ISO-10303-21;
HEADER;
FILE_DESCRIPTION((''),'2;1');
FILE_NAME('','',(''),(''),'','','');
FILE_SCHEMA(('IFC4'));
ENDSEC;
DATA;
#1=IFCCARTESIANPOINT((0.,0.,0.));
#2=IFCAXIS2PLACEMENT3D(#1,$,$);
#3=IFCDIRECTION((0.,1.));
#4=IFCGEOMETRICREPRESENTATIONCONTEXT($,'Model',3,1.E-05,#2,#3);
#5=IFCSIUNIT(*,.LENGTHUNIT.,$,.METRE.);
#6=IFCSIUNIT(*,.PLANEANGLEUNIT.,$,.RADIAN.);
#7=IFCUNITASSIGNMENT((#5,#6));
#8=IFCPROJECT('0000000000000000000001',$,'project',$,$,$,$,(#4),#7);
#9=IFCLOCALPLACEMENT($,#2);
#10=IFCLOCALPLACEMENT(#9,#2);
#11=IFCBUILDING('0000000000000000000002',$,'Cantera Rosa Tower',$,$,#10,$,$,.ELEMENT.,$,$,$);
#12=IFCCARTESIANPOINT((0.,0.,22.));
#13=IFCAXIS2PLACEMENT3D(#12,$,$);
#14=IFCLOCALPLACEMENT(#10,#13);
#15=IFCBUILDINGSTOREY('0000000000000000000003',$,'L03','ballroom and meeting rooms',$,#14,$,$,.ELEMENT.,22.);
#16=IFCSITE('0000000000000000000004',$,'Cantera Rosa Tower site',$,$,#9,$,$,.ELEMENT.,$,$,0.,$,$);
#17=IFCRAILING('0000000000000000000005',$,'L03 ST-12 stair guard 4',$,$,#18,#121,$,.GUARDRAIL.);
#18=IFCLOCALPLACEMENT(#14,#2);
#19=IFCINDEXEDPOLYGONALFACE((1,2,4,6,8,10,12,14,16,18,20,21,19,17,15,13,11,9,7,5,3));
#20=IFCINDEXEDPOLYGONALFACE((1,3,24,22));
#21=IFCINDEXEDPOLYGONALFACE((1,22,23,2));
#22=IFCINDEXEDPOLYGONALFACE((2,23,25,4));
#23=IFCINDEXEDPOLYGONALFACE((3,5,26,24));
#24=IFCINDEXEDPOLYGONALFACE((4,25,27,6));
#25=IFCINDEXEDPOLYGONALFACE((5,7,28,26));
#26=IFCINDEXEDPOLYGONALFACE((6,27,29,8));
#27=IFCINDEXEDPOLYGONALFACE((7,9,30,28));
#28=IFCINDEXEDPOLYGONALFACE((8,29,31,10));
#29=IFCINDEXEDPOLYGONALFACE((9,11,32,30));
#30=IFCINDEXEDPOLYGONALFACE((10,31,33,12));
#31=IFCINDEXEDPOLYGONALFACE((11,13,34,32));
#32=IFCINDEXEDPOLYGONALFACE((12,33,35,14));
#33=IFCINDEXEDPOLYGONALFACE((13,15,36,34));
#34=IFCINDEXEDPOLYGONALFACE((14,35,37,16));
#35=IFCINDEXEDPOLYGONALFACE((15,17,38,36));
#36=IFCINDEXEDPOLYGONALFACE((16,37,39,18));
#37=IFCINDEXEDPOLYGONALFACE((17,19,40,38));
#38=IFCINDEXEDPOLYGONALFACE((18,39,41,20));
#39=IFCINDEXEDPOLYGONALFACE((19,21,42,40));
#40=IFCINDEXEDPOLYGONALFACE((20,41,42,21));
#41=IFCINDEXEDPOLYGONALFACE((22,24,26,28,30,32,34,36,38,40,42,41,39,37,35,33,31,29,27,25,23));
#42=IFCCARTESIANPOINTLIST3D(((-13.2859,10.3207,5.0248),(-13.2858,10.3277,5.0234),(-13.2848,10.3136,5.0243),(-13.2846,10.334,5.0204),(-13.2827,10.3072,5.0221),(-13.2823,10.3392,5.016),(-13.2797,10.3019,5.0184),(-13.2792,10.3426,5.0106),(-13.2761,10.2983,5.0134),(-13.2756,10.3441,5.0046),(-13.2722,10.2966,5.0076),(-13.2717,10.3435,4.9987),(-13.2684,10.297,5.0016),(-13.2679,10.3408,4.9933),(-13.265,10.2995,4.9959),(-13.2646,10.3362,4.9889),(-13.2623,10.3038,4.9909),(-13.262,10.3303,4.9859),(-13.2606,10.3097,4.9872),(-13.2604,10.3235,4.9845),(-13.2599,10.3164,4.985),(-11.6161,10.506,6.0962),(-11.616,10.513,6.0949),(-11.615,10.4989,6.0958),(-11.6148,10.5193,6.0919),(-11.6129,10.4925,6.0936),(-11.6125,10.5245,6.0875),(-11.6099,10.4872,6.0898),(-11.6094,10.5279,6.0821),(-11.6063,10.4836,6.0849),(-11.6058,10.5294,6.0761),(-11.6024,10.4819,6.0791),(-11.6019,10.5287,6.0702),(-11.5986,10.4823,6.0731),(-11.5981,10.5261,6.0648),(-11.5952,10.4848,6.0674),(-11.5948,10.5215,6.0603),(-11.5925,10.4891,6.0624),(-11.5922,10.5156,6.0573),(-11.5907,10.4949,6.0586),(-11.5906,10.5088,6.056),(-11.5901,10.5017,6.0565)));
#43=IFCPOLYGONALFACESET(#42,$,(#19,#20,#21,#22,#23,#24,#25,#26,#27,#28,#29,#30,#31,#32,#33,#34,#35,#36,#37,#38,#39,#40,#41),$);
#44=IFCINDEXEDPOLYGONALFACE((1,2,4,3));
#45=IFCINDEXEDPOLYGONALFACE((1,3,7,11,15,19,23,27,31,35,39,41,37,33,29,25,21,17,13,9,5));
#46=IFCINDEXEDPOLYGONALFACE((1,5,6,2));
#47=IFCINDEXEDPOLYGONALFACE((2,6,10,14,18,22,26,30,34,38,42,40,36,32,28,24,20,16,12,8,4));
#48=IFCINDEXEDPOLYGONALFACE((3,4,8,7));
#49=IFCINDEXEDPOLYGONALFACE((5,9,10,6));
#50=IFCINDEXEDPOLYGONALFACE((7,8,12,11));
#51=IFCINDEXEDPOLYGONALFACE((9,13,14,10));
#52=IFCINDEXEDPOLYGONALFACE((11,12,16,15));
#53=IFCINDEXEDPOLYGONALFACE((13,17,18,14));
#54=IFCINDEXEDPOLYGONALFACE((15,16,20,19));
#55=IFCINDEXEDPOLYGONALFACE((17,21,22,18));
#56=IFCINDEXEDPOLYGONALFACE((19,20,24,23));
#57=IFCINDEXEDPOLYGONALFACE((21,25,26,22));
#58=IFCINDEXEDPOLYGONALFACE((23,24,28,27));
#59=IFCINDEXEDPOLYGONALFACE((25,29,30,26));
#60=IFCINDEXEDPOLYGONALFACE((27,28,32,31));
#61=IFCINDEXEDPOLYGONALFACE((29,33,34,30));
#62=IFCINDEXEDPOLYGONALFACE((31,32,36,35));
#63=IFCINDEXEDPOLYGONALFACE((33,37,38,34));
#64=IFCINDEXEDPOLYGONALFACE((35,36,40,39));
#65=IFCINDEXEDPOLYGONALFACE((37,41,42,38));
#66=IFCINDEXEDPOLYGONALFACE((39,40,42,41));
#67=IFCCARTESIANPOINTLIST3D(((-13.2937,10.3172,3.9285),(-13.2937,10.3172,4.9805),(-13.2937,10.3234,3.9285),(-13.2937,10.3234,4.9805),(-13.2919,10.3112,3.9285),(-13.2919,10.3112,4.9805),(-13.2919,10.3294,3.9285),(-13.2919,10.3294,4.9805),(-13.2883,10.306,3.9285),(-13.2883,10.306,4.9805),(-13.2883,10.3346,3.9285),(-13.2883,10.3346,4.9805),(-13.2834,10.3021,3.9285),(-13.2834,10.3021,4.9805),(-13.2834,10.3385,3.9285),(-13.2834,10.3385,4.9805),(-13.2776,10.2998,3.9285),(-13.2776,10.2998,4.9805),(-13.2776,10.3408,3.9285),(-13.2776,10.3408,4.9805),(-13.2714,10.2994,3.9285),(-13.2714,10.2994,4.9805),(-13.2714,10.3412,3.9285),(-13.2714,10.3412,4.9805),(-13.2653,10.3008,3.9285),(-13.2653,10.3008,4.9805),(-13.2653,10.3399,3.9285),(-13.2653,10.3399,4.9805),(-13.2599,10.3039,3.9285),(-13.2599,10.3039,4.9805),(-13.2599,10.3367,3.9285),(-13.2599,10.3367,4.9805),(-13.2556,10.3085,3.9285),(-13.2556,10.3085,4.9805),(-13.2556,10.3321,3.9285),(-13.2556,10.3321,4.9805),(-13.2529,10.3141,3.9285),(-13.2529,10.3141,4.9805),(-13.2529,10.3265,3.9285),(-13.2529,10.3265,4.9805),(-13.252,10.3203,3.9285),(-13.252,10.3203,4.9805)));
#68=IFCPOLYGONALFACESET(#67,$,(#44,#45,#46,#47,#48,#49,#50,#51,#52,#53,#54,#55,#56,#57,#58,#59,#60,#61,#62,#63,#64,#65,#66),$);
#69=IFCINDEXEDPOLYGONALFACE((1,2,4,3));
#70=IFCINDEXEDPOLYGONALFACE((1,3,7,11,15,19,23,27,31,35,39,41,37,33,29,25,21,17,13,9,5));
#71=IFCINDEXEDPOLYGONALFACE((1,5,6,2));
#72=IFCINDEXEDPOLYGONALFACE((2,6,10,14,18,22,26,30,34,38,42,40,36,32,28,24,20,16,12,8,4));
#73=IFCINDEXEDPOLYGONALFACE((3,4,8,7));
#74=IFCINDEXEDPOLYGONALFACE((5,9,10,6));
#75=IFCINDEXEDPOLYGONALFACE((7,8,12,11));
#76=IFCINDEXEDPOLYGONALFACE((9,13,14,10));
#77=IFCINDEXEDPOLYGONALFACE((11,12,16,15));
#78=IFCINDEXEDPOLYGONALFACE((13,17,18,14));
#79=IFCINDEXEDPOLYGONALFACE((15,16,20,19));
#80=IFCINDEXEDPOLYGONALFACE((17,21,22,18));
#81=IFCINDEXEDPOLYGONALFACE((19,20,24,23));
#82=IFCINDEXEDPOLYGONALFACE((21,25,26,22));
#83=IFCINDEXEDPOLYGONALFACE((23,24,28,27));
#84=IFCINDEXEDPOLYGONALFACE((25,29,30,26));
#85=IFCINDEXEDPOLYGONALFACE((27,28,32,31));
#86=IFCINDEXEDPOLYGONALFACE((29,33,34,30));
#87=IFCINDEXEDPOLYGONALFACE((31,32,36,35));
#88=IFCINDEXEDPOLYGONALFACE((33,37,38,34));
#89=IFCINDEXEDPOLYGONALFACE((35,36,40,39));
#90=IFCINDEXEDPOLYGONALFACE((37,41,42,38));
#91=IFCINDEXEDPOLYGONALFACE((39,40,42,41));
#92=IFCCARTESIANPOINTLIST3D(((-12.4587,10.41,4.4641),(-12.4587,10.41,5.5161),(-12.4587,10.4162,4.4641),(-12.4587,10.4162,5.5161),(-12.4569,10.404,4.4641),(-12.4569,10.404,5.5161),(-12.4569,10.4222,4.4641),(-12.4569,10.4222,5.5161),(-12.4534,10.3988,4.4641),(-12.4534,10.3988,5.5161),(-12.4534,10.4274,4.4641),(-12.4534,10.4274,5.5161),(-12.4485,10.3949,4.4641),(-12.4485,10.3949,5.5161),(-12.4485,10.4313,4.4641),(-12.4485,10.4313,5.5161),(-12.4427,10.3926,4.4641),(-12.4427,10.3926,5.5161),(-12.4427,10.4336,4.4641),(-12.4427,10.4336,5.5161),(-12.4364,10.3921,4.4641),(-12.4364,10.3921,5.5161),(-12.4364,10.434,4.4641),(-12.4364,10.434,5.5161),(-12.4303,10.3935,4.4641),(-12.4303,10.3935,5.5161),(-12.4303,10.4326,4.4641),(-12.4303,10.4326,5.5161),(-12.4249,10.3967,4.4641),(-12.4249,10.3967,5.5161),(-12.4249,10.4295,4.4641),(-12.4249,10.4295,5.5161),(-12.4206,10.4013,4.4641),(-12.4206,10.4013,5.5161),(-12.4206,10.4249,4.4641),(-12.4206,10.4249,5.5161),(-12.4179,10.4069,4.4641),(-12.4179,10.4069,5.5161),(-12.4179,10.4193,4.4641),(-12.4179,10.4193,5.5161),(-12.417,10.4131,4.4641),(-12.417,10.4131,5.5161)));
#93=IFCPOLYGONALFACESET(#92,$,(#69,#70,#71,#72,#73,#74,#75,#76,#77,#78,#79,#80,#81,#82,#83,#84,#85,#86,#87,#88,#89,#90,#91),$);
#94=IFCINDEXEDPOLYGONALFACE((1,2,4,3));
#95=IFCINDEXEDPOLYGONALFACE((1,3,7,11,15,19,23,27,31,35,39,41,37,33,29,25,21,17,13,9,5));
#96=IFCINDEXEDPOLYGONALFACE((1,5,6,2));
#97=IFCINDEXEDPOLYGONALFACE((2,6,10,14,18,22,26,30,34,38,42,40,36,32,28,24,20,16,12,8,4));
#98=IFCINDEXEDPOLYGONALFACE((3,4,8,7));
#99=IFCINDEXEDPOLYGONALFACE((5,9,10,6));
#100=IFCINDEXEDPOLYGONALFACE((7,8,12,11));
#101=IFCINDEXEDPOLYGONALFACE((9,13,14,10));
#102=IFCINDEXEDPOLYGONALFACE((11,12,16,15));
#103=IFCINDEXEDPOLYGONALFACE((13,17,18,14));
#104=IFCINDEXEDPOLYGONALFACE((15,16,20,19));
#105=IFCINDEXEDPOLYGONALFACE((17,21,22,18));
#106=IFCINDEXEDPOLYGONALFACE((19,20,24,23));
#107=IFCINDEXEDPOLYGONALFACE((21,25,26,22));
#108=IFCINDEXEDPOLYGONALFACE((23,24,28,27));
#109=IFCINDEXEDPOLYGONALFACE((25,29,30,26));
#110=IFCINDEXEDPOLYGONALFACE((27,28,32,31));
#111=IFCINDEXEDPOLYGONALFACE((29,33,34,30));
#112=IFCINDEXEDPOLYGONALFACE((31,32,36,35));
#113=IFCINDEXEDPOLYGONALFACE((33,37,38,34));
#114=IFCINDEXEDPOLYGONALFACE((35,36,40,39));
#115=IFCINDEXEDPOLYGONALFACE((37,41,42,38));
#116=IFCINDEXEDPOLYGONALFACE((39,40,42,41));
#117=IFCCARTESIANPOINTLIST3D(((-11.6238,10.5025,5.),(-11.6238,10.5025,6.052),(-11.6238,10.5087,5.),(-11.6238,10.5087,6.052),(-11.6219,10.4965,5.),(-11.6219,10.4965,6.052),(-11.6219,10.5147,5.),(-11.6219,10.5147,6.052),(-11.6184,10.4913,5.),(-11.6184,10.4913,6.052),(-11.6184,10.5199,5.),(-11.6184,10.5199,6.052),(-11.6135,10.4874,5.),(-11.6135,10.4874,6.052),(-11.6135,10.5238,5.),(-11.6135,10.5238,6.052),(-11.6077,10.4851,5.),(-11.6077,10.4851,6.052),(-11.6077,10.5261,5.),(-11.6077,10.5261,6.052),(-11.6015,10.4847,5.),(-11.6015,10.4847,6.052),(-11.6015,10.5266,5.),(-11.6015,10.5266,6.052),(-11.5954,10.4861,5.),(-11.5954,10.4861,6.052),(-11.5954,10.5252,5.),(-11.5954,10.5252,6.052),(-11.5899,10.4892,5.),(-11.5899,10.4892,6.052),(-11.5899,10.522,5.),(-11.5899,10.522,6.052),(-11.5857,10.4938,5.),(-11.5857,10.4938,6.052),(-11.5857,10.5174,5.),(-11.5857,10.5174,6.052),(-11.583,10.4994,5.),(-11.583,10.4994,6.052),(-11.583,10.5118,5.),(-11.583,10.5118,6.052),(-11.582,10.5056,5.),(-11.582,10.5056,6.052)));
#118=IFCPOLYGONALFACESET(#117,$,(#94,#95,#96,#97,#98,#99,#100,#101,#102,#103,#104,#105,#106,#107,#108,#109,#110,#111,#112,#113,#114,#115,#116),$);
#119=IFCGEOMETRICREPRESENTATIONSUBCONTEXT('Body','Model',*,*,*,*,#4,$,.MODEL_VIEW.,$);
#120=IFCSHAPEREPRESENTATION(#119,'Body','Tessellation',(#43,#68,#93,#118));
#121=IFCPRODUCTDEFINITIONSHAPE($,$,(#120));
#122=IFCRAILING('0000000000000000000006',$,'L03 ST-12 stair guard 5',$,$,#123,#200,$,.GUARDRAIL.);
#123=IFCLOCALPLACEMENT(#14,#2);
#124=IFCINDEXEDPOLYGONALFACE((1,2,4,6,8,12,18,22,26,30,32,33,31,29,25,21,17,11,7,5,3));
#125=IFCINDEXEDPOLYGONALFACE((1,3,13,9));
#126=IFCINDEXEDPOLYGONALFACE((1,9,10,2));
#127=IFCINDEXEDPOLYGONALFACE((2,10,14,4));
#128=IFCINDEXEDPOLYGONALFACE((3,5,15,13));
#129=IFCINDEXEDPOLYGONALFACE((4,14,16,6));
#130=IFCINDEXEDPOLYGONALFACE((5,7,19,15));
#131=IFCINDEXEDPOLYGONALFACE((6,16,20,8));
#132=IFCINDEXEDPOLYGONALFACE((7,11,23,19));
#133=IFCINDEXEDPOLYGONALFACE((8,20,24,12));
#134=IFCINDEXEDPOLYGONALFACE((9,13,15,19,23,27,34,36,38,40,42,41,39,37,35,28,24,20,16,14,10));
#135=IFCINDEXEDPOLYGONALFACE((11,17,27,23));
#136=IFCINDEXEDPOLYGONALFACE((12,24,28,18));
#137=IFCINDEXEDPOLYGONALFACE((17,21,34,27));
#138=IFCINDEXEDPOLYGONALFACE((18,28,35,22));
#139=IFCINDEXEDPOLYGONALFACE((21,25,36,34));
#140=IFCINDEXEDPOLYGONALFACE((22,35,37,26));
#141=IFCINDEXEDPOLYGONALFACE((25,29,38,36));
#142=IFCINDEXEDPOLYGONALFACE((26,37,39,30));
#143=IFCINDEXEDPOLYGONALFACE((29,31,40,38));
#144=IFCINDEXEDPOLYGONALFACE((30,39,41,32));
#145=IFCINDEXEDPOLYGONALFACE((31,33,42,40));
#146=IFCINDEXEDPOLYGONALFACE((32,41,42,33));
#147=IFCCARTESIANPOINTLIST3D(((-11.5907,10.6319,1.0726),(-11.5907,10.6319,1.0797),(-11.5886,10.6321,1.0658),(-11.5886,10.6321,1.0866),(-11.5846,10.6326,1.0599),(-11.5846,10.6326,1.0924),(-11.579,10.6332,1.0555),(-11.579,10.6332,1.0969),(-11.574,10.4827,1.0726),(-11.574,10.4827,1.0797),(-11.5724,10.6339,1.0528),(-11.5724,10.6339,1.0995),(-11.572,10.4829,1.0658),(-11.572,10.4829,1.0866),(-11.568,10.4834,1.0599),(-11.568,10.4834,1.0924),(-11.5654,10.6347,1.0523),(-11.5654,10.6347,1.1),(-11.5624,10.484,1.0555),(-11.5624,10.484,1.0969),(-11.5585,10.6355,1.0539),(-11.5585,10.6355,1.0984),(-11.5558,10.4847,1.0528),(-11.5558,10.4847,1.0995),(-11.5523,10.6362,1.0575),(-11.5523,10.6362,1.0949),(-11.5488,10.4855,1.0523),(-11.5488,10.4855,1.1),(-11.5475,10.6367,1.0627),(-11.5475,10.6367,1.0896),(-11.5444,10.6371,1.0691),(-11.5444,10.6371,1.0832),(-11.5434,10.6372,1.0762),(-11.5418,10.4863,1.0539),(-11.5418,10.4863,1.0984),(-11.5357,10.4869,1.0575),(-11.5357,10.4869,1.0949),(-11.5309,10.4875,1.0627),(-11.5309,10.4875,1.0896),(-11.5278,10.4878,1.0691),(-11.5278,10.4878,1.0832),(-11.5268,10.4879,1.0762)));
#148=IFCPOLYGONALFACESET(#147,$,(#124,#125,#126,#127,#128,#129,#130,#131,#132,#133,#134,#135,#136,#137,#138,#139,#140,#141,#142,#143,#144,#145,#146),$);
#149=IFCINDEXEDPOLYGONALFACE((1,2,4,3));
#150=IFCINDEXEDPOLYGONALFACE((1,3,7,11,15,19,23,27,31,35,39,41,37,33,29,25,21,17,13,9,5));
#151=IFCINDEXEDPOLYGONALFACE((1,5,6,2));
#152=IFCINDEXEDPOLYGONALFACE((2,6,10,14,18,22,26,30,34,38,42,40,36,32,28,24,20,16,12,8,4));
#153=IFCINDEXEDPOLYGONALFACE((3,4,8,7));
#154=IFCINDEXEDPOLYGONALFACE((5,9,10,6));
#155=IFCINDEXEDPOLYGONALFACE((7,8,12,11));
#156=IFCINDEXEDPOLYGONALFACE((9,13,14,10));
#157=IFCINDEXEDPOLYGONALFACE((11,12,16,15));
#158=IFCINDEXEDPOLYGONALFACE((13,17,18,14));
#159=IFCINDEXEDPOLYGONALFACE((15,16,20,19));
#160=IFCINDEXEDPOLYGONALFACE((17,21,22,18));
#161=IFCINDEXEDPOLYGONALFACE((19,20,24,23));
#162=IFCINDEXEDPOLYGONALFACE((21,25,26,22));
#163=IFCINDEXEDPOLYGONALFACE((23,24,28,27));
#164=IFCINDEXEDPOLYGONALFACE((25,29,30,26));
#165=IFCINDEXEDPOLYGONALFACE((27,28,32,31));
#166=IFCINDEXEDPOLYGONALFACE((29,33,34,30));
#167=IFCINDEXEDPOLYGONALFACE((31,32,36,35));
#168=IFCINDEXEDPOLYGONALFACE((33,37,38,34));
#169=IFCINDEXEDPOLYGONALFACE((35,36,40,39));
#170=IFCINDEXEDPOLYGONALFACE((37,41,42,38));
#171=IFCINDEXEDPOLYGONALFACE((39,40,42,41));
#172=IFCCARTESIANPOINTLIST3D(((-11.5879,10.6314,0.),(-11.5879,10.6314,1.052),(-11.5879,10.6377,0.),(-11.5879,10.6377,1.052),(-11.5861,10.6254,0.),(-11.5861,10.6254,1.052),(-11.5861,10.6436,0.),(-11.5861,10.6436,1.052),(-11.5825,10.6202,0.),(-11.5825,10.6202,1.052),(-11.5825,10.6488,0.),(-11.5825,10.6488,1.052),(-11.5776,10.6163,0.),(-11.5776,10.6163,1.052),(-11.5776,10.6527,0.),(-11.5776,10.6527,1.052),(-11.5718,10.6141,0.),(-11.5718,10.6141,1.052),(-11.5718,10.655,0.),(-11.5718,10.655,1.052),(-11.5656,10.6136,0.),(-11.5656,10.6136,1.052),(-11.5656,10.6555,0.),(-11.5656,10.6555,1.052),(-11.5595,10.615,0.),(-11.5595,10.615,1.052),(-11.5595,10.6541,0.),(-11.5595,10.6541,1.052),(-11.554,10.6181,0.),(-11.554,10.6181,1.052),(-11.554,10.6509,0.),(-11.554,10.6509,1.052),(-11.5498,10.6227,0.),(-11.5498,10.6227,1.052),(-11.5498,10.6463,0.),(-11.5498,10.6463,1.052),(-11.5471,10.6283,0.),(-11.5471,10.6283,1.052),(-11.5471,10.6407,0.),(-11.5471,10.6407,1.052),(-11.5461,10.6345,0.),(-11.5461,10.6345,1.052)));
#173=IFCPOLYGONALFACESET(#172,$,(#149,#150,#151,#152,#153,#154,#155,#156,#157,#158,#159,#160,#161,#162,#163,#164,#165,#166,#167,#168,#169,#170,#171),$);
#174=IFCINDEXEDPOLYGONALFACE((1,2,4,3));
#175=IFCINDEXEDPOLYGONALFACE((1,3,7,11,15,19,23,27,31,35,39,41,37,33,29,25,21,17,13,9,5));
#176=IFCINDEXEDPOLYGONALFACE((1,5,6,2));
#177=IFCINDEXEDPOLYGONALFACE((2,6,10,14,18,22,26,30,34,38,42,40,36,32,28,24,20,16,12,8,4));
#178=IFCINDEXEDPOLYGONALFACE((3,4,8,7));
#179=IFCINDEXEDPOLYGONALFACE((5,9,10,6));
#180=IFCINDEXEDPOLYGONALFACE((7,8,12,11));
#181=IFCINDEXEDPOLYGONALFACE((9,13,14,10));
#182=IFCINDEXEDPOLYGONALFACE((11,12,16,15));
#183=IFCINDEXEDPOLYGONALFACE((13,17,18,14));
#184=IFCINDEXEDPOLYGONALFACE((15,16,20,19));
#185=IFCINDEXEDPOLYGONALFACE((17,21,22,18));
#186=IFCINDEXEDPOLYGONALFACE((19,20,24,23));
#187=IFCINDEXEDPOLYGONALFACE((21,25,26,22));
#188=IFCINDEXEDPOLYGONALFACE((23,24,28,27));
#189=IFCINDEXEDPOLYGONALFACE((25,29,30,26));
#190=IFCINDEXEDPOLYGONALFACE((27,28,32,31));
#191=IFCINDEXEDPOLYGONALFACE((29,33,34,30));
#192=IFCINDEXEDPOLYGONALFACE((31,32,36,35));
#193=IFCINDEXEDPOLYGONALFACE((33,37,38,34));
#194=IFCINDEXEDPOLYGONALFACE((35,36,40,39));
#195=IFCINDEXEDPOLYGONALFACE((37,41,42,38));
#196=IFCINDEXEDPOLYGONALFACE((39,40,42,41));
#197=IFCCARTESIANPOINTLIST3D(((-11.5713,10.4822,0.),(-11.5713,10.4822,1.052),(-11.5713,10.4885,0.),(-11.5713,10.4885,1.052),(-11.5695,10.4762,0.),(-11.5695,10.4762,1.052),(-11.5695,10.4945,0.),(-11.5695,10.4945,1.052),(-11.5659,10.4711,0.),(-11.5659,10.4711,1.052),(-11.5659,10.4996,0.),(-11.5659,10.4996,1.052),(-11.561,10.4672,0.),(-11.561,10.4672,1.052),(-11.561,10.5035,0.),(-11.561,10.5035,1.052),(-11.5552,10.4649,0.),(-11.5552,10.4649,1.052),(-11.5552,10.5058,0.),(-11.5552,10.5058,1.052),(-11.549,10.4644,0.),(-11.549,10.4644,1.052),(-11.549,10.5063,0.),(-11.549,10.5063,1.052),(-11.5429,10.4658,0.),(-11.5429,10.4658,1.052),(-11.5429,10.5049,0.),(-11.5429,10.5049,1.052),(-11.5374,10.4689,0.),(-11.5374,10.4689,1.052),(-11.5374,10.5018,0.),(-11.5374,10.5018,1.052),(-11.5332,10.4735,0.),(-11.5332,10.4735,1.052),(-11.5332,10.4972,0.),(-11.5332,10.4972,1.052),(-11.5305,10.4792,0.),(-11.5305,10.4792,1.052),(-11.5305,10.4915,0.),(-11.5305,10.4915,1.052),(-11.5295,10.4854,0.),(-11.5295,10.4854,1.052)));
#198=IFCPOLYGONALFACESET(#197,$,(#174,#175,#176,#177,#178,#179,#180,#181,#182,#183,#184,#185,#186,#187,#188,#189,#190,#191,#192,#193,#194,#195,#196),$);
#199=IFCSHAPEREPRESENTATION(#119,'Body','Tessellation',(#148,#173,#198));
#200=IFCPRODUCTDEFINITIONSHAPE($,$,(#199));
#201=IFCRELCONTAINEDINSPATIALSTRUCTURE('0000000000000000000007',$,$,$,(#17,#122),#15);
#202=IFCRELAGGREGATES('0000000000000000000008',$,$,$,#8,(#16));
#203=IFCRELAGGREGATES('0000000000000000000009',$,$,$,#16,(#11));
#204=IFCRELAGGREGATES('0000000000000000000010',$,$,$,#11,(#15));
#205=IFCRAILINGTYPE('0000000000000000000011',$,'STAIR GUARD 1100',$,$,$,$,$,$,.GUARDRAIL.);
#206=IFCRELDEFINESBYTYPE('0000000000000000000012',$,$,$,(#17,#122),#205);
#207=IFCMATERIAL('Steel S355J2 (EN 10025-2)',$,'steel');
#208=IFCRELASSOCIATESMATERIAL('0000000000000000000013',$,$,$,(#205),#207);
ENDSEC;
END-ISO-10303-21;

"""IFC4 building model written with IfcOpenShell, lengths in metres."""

from ifc_helpers import new_model, si_unit, direction, frame, origin, origin_2d, place, context, subcontext, project, spatial, circle, extrude, material, type_object, element, save


model = new_model("IFC4")

# Units and contexts
model_context = context("Model", 3, precision=1e-05, world=origin(), true_north=direction((0.0, 1.0)))
body_context = subcontext(model_context, "Body", "Model", "MODEL_VIEW")
ifc_project = project(units=[si_unit("LENGTHUNIT", "METRE"), si_unit("PLANEANGLEUNIT", "RADIAN")], contexts=[model_context])

# Site, building, storey
site_placement = place(None, origin())
site = spatial("IfcSite", under=ifc_project, at=site_placement, Name="Cantera Rosa Tower site", CompositionType="ELEMENT", RefElevation=0.0)
building_placement = place(site_placement, origin())
building = spatial("IfcBuilding", under=site, at=building_placement, Name="Cantera Rosa Tower", CompositionType="ELEMENT")
storey_placement = place(building_placement, frame((0.0, 0.0, 22.0)))
storey = spatial("IfcBuildingStorey", under=building, at=storey_placement, Name="L03", Description="ballroom and meeting rooms", CompositionType="ELEMENT", Elevation=22.0)

# Railings
ifc_material_1 = material(Name="Steel S355J2 (EN 10025-2)", Category="steel")
railing_type_1 = type_object("IfcRailingType", Name="STAIR GUARD 1100", PredefinedType="GUARDRAIL", material=ifc_material_1)
railing_1_placement = place(storey_placement, frame((-13.2729, 10.3203, 3.9285)))
element("IfcRailing", 1, at=railing_1_placement, inside=storey, type_object=railing_type_1, Name="L03 ST-12 stair guard 4", PredefinedType="GUARDRAIL", context=body_context, shape_type="SweptSolid", body=[
    extrude(circle(Radius=0.0239, at=origin_2d()), frame((0.0, 0.0, 1.0762), z_axis=(0.837987, 0.092987, 0.537709), x_axis=(-0.110288, 0.9939, 0.0)), (0.0, 0.0, 1.0), 1.9927),
    extrude(circle(Radius=0.021, at=origin_2d()), origin(), (0.0, 0.0, 1.0), 1.052),
    extrude(circle(Radius=0.021, at=origin_2d()), frame((0.835, 0.0928, 0.5356)), (0.0, 0.0, 1.0), 1.052),
    extrude(circle(Radius=0.021, at=origin_2d()), frame((1.6699, 0.1853, 1.0715)), (0.0, 0.0, 1.0), 1.052),
])
railing_2_placement = place(storey_placement, frame((-11.5671, 10.6345, 0.0)))
element("IfcRailing", 2, at=railing_2_placement, inside=storey, type_object=railing_type_1, Name="L03 ST-12 stair guard 5", PredefinedType="GUARDRAIL", context=body_context, shape_type="SweptSolid", body=[
    extrude(circle(Radius=0.0239, at=origin_2d()), frame((0.0, 0.0, 1.0762), z_axis=(0.11061, -0.993864, 0.0), x_axis=(0.993864, 0.11061, 0.0)), (0.0, 0.0, 1.0), 0.1501),
    extrude(circle(Radius=0.021, at=origin_2d()), origin(), (0.0, 0.0, 1.0), 1.052),
    extrude(circle(Radius=0.021, at=origin_2d()), frame((0.0166, -0.1492, 0.0)), (0.0, 0.0, 1.0), 1.052),
])

save(model, "model.ifc")
